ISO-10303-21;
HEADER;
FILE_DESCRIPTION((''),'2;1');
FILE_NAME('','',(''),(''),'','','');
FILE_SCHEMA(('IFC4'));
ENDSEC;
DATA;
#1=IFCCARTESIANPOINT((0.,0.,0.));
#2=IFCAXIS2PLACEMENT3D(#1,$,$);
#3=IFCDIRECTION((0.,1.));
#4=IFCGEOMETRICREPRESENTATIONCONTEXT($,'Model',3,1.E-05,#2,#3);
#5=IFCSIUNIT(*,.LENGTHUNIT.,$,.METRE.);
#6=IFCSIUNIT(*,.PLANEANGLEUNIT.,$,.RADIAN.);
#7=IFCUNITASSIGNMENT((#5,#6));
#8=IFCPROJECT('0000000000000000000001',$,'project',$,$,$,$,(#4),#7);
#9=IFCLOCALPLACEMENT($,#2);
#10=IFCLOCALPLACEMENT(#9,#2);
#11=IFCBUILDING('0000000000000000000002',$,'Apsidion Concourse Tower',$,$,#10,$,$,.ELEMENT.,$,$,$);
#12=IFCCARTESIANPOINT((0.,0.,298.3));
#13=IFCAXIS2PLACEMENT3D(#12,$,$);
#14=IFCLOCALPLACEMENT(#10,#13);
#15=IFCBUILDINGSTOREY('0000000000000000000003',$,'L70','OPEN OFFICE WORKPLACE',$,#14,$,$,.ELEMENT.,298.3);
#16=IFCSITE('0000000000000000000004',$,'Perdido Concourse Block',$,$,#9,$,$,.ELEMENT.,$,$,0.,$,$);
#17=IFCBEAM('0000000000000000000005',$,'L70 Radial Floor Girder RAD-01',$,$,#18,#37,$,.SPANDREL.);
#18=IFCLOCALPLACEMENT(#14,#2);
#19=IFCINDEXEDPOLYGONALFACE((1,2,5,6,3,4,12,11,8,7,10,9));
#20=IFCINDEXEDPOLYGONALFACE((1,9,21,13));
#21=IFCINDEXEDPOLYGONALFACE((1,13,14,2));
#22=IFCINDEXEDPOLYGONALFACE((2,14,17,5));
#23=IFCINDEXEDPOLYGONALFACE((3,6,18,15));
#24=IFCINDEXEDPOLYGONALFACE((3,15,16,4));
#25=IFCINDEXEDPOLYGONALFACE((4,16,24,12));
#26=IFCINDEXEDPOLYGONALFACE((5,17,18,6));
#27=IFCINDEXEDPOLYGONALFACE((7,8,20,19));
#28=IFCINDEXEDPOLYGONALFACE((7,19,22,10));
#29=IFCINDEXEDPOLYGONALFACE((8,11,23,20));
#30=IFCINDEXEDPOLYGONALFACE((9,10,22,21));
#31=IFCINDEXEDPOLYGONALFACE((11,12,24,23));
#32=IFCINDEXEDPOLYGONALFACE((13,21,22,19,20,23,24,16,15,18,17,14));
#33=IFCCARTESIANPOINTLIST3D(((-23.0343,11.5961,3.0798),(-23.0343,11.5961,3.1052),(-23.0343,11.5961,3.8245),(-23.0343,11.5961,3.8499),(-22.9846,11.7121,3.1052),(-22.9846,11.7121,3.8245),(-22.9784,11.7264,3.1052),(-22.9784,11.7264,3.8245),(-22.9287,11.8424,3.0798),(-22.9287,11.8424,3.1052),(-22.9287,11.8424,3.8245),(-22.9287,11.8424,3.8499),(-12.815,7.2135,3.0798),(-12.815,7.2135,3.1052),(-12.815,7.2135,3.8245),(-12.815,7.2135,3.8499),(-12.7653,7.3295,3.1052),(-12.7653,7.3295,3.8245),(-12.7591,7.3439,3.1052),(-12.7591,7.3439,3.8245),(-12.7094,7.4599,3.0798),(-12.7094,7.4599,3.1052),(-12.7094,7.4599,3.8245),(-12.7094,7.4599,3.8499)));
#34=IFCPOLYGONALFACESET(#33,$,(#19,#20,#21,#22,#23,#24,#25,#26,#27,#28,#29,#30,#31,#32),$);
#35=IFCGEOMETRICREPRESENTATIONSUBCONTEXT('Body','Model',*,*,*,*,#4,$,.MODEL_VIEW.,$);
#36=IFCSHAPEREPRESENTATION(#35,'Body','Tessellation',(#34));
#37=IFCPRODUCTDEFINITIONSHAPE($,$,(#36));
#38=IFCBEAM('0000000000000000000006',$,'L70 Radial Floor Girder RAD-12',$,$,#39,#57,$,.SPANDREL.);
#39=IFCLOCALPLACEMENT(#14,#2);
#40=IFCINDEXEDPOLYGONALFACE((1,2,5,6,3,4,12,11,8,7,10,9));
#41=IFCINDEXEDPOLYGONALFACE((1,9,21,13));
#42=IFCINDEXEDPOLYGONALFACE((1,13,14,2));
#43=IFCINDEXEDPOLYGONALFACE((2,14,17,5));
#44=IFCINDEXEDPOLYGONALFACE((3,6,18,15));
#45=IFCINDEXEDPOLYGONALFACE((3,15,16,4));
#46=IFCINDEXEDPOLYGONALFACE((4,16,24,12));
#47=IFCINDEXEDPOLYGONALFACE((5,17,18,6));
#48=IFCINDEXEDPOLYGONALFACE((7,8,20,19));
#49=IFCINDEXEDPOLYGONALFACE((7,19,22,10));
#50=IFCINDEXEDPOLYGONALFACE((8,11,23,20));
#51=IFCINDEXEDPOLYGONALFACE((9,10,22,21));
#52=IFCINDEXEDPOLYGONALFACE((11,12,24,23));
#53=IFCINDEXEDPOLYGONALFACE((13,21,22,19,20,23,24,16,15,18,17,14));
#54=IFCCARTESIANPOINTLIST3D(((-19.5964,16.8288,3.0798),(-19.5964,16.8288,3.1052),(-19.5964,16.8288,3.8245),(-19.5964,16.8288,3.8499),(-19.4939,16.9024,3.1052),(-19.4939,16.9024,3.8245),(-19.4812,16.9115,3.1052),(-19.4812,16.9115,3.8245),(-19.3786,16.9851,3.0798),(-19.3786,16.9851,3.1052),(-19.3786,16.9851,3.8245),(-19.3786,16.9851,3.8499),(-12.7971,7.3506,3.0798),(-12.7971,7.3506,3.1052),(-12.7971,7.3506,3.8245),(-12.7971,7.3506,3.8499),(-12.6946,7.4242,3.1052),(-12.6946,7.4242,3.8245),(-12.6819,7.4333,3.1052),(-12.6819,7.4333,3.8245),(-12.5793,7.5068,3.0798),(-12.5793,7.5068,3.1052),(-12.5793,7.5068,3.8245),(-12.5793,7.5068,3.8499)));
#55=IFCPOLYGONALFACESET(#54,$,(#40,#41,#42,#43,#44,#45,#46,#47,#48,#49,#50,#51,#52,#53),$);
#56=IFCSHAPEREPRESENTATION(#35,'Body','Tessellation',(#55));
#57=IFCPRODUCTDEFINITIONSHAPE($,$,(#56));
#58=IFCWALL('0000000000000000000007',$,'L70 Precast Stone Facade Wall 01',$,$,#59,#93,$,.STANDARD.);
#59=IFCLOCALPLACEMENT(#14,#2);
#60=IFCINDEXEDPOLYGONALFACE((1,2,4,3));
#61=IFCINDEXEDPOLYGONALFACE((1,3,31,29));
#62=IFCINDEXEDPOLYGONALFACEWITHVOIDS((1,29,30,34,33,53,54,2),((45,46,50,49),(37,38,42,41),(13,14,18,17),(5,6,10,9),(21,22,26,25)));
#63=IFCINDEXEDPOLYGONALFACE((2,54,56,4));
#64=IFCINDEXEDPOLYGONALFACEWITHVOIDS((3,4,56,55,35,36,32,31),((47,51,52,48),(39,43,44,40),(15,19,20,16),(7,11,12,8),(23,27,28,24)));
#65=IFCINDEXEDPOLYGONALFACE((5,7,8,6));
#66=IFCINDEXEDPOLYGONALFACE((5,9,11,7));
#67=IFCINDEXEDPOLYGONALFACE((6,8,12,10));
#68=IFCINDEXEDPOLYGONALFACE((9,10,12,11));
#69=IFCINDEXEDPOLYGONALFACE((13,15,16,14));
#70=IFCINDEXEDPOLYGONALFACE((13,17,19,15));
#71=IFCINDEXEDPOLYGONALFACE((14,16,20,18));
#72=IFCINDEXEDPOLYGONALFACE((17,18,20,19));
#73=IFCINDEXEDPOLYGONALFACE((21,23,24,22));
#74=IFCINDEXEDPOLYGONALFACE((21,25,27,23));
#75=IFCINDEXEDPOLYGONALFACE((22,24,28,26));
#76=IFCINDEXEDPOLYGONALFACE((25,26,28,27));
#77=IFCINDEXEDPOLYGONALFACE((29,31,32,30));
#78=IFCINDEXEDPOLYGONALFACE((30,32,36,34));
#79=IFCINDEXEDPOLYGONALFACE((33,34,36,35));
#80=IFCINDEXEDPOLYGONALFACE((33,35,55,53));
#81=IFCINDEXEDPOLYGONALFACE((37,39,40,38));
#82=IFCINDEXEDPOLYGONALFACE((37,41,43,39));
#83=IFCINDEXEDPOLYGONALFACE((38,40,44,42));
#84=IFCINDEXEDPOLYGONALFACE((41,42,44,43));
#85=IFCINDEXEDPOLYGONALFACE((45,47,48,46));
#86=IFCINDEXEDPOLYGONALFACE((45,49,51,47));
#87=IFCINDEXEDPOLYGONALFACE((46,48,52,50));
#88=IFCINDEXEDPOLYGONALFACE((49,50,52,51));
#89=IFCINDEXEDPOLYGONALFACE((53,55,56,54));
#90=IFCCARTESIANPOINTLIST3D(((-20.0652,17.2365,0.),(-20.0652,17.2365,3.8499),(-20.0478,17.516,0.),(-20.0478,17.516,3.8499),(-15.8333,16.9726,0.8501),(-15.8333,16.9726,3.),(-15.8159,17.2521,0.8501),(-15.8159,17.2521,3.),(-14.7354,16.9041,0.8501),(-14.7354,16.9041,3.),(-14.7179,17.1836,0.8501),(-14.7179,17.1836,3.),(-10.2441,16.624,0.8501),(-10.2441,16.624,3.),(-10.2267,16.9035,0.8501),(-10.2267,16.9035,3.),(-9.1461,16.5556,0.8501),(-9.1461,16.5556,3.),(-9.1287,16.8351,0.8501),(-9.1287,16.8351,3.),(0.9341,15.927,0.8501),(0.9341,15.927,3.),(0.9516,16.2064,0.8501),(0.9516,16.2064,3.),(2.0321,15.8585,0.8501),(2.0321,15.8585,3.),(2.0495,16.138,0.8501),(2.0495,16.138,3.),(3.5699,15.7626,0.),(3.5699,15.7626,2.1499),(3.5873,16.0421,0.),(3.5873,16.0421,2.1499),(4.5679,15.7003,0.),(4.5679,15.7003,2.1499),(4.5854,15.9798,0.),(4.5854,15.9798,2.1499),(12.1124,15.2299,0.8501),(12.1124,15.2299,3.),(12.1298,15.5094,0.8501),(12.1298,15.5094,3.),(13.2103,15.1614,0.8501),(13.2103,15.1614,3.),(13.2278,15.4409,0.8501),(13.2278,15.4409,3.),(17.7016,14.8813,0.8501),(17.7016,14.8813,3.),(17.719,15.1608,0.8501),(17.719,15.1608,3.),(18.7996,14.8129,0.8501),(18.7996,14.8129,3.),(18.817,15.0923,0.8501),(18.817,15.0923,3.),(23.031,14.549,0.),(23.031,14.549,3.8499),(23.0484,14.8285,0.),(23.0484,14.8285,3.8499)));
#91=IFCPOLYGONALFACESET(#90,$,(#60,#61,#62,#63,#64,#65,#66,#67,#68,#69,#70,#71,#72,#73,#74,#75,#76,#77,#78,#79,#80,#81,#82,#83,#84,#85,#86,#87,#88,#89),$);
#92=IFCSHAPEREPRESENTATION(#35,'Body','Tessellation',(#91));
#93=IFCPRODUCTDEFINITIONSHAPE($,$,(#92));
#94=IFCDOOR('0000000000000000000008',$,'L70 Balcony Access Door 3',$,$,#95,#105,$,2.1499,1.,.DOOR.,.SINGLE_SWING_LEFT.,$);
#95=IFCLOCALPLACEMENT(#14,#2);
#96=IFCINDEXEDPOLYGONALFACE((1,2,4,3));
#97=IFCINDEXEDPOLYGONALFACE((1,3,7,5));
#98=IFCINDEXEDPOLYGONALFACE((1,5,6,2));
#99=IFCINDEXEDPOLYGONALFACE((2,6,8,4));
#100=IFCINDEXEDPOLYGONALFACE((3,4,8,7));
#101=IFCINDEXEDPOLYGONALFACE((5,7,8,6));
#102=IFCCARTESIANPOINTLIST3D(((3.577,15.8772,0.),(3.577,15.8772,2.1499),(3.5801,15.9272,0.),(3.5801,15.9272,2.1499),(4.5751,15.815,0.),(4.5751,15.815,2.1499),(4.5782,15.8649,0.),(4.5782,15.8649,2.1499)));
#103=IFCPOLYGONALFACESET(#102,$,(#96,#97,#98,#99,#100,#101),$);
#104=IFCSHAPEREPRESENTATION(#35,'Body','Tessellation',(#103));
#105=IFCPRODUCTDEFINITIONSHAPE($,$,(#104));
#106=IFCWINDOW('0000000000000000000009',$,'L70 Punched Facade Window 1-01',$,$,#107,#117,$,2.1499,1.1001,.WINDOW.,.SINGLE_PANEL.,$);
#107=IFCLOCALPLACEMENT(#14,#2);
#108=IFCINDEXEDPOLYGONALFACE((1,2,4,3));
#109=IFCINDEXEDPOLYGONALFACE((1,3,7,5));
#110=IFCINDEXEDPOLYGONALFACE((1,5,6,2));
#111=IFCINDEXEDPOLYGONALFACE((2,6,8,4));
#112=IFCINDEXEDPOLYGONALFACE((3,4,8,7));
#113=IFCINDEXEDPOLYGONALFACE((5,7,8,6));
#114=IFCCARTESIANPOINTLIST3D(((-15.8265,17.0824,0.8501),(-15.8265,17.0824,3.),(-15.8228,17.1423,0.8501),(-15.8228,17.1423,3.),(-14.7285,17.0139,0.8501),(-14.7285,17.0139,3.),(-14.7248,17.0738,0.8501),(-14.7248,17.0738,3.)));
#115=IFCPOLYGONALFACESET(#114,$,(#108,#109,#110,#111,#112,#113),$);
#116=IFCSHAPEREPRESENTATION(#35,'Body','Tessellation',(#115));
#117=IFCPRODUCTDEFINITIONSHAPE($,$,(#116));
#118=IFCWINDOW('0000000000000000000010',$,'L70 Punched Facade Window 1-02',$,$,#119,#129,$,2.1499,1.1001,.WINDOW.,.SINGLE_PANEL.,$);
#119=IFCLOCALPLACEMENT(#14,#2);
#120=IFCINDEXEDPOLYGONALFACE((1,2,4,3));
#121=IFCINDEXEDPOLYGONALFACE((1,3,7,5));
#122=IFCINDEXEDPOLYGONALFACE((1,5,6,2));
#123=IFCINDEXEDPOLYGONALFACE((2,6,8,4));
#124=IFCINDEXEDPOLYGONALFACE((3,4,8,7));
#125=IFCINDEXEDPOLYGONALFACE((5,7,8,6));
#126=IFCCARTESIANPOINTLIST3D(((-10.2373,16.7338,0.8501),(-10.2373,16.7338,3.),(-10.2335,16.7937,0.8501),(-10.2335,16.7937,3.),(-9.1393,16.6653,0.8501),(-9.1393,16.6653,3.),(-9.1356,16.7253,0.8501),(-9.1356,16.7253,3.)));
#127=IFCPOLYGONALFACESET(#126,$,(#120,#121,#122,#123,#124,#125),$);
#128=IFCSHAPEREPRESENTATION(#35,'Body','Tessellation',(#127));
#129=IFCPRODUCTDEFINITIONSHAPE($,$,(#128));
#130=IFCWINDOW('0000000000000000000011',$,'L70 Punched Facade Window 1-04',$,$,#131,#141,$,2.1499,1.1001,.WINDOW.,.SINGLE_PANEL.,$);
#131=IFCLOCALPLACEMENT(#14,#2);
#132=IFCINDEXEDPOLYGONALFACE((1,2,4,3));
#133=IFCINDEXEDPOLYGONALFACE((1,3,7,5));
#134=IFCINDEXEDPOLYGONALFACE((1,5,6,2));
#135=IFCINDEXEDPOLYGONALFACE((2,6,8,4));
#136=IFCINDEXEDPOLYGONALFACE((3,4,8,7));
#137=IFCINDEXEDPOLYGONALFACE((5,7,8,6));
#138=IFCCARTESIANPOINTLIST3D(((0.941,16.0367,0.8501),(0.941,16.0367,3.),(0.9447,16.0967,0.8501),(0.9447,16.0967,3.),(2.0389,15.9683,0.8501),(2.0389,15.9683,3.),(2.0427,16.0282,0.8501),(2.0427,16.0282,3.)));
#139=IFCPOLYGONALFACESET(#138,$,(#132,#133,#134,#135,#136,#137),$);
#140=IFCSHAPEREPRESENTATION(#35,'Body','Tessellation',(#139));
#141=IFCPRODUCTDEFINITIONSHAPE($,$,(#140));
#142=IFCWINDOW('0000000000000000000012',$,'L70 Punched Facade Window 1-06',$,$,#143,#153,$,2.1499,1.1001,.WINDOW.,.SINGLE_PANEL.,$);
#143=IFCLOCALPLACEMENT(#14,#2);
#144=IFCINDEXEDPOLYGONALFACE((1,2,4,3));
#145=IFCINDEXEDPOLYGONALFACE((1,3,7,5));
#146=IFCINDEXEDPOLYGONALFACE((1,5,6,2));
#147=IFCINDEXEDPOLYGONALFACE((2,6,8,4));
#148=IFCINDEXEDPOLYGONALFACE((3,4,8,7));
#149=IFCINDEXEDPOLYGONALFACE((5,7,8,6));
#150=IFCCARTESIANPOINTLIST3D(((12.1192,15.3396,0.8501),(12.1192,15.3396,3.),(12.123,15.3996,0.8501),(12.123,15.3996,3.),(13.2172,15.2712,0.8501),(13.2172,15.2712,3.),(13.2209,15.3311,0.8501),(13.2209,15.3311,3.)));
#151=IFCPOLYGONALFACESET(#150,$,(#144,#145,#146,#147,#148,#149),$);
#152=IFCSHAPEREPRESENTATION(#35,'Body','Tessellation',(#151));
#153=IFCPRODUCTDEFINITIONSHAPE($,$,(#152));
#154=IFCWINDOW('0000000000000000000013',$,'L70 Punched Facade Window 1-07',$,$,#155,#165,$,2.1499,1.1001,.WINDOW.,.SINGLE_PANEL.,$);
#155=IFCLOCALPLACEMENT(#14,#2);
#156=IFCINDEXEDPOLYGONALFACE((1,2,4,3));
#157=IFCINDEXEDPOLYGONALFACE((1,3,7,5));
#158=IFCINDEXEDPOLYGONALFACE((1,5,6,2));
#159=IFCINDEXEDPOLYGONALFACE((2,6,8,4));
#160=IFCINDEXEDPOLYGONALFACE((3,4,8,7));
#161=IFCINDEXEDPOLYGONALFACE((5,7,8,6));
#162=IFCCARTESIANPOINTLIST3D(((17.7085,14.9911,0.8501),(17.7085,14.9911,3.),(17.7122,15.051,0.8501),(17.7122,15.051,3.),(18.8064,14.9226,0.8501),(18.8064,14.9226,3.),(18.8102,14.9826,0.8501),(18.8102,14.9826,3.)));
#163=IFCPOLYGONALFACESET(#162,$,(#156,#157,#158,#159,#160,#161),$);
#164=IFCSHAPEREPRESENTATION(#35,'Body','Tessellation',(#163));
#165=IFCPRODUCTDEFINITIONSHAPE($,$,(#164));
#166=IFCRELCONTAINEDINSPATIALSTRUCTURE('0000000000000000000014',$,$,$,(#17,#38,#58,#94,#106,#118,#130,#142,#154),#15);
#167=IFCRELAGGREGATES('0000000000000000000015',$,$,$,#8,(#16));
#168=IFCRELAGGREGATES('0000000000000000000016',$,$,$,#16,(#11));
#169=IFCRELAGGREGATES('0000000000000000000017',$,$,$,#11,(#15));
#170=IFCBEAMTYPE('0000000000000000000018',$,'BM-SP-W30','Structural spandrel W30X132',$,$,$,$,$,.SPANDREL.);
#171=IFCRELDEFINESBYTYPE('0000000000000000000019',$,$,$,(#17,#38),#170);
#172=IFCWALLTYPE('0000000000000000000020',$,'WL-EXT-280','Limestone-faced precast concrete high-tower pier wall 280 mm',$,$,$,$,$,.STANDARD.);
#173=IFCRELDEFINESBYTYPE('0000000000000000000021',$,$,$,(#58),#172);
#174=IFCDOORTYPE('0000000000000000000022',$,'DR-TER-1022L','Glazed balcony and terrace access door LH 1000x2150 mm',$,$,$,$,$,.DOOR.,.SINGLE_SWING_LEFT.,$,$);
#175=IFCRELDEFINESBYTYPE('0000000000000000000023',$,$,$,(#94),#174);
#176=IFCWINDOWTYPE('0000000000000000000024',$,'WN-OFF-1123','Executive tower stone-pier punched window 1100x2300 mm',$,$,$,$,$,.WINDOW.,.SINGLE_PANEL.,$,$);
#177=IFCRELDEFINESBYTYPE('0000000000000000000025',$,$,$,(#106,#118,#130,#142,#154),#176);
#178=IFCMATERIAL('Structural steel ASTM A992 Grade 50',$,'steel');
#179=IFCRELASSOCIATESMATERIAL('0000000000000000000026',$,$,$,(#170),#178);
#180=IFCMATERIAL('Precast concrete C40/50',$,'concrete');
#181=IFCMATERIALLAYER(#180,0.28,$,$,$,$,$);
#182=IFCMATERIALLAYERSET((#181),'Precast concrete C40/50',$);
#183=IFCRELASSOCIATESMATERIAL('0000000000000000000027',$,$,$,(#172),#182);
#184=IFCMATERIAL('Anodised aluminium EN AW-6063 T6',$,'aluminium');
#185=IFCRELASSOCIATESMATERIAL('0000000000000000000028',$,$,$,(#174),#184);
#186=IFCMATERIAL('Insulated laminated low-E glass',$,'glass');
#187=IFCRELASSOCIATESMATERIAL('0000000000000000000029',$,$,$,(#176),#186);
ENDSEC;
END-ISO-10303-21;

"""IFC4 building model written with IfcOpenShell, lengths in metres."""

from ifc_helpers import new_model, si_unit, direction, frame, frame_2d, origin, origin_2d, place, context, subcontext, project, spatial, rectangle, i_section, extrude, material, layer, layer_set, material_profile, profile_set, type_object, element, fill, save


model = new_model("IFC4")

# Units and contexts
model_context = context("Model", 3, precision=1e-05, world=origin(), true_north=direction((0.0, 1.0)))
body_context = subcontext(model_context, "Body", "Model", "MODEL_VIEW")
ifc_project = project(units=[si_unit("LENGTHUNIT", "METRE"), si_unit("PLANEANGLEUNIT", "RADIAN")], contexts=[model_context])

# Site, building, storey
site_placement = place(None, origin())
site = spatial("IfcSite", under=ifc_project, at=site_placement, Name="Perdido Concourse Block", CompositionType="ELEMENT", RefElevation=0.0)
building_placement = place(site_placement, origin())
building = spatial("IfcBuilding", under=site, at=building_placement, Name="Apsidion Concourse Tower", CompositionType="ELEMENT")
storey_placement = place(building_placement, frame((0.0, 0.0, 298.3)))
storey = spatial("IfcBuildingStorey", under=building, at=storey_placement, Name="L70", Description="OPEN OFFICE WORKPLACE", CompositionType="ELEMENT", Elevation=298.3)

# Shared definitions
ifc_material_1 = material(Name="Structural steel ASTM A992 Grade 50", Category="steel")

# Beams
ifc_material_profile_1 = material_profile(ifc_material_1, i_section(OverallWidth=0.2681, OverallDepth=0.77, WebThickness=0.0156, FlangeThickness=0.0254, at=origin_2d()), Name="W30X132")
ifc_profile_set_1 = profile_set([ifc_material_profile_1], Name="Structural steel ASTM A992 Grade 50")
beam_type_1 = type_object("IfcBeamType", Name="BM-SP-W30", Description="Structural spandrel W30X132", PredefinedType="SPANDREL", material=ifc_profile_set_1)
beam_1_placement = place(storey_placement, frame((-12.7622, 7.3367, 3.4648), z_axis=(-0.919051, 0.394139, 0.0), x_axis=(-0.394139, -0.919051, 0.0)))
element("IfcBeam", 1, at=beam_1_placement, inside=storey, type_object=beam_type_1, Name="L70 Radial Floor Girder RAD-01", PredefinedType="SPANDREL", context=body_context, shape_type="SweptSolid", body=[
    extrude(i_section(OverallWidth=0.2681, OverallDepth=0.77, WebThickness=0.0156, FlangeThickness=0.0254, at=origin_2d()), origin(), (0.0, 0.0, 1.0), 11.1194),
])
beam_2_placement = place(storey_placement, frame((-12.6882, 7.4287, 3.4648), z_axis=(-0.58289, 0.812551, 0.0), x_axis=(-0.812551, -0.58289, 0.0)))
element("IfcBeam", 2, at=beam_2_placement, inside=storey, type_object=beam_type_1, Name="L70 Radial Floor Girder RAD-12", PredefinedType="SPANDREL", context=body_context, shape_type="SweptSolid", body=[
    extrude(i_section(OverallWidth=0.2681, OverallDepth=0.77, WebThickness=0.0156, FlangeThickness=0.0254, at=origin_2d()), origin(), (0.0, 0.0, 1.0), 11.6648),
])

# Wall, openings, door, windows
ifc_material_2 = material(Name="Precast concrete C40/50", Category="concrete")
ifc_layer_1 = layer(ifc_material_2, 0.28)
ifc_layer_set_1 = layer_set([ifc_layer_1], Name="Precast concrete C40/50")
wall_type_1 = type_object("IfcWallType", Name="WL-EXT-280", Description="Limestone-faced precast concrete high-tower pier wall 280 mm", PredefinedType="STANDARD", material=ifc_layer_set_1)
wall_1_placement = place(storey_placement, frame((-20.0564, 17.3762, 0.0), z_axis=(0.0, 0.0, 1.0), x_axis=(0.998061, -0.06224, 0.0)))
wall_1 = element("IfcWall", 3, at=wall_1_placement, inside=storey, type_object=wall_type_1, Name="L70 Precast Stone Facade Wall 01", PredefinedType="STANDARD", context=body_context, shape_type="SweptSolid", body=[
    extrude(rectangle(XDim=43.1799, YDim=0.28, at=frame_2d((21.5898, 0.0))), origin(), (0.0, 0.0, 1.0), 3.8499),
])
opening_1_placement = place(wall_1_placement, frame((23.6809, 0.0, 0.0)))
opening_1 = element("IfcOpeningElement", 4, at=opening_1_placement, cuts=wall_1, PredefinedType="OPENING", context=body_context, shape_type="SweptSolid", body=[
    extrude(rectangle(XDim=1.0, YDim=2.1499, at=frame_2d((0.5, 1.075))), frame((0.0, 0.1499, 0.0), z_axis=(0.0, -1.0, 0.0), x_axis=(1.0, 0.0, 0.0)), (0.0, 0.0, 1.0), 0.3),
])
opening_2_placement = place(wall_1_placement, frame((4.24, 0.0, 0.8501)))
opening_2 = element("IfcOpeningElement", 5, at=opening_2_placement, cuts=wall_1, PredefinedType="OPENING", context=body_context, shape_type="SweptSolid", body=[
    extrude(rectangle(XDim=1.1001, YDim=2.1499, at=frame_2d((0.55, 1.075))), frame((0.0, 0.1499, 0.0), z_axis=(0.0, -1.0, 0.0), x_axis=(1.0, 0.0, 0.0)), (0.0, 0.0, 1.0), 0.3),
])
opening_3_placement = place(wall_1_placement, frame((9.8401, 0.0, 0.8501)))
opening_3 = element("IfcOpeningElement", 6, at=opening_3_placement, cuts=wall_1, PredefinedType="OPENING", context=body_context, shape_type="SweptSolid", body=[
    extrude(rectangle(XDim=1.1001, YDim=2.1499, at=frame_2d((0.55, 1.075))), frame((0.0, 0.1499, 0.0), z_axis=(0.0, -1.0, 0.0), x_axis=(1.0, 0.0, 0.0)), (0.0, 0.0, 1.0), 0.3),
])
opening_4_placement = place(wall_1_placement, frame((21.04, 0.0, 0.8501)))
opening_4 = element("IfcOpeningElement", 7, at=opening_4_placement, cuts=wall_1, PredefinedType="OPENING", context=body_context, shape_type="SweptSolid", body=[
    extrude(rectangle(XDim=1.1001, YDim=2.1499, at=frame_2d((0.55, 1.075))), frame((0.0, 0.1499, 0.0), z_axis=(0.0, -1.0, 0.0), x_axis=(1.0, 0.0, 0.0)), (0.0, 0.0, 1.0), 0.3),
])
opening_5_placement = place(wall_1_placement, frame((32.24, 0.0, 0.8501)))
opening_5 = element("IfcOpeningElement", 8, at=opening_5_placement, cuts=wall_1, PredefinedType="OPENING", context=body_context, shape_type="SweptSolid", body=[
    extrude(rectangle(XDim=1.1001, YDim=2.1499, at=frame_2d((0.55, 1.075))), frame((0.0, 0.1499, 0.0), z_axis=(0.0, -1.0, 0.0), x_axis=(1.0, 0.0, 0.0)), (0.0, 0.0, 1.0), 0.3),
])
opening_6_placement = place(wall_1_placement, frame((37.8401, 0.0, 0.8501)))
opening_6 = element("IfcOpeningElement", 9, at=opening_6_placement, cuts=wall_1, PredefinedType="OPENING", context=body_context, shape_type="SweptSolid", body=[
    extrude(rectangle(XDim=1.1001, YDim=2.1499, at=frame_2d((0.55, 1.075))), frame((0.0, 0.1499, 0.0), z_axis=(0.0, -1.0, 0.0), x_axis=(1.0, 0.0, 0.0)), (0.0, 0.0, 1.0), 0.3),
])
ifc_material_3 = material(Name="Anodised aluminium EN AW-6063 T6", Category="aluminium")
door_type_1 = type_object("IfcDoorType", Name="DR-TER-1022L", Description="Glazed balcony and terrace access door LH 1000x2150 mm", OperationType="SINGLE_SWING_LEFT", PredefinedType="DOOR", material=ifc_material_3)
door_1_placement = place(opening_1_placement, origin())
door_1 = element("IfcDoor", 10, at=door_1_placement, inside=storey, type_object=door_type_1, Name="L70 Balcony Access Door 3", OperationType="SINGLE_SWING_LEFT", OverallHeight=2.1499, OverallWidth=1.0, PredefinedType="DOOR", context=body_context, shape_type="SweptSolid", body=[
    extrude(rectangle(XDim=1.0, YDim=2.1499, at=frame_2d((0.5, 1.075))), frame((0.0, 0.0249, 0.0), z_axis=(0.0, -1.0, 0.0), x_axis=(1.0, 0.0, 0.0)), (0.0, 0.0, 1.0), 0.05),
])
fill(opening_1, door_1)
ifc_material_4 = material(Name="Insulated laminated low-E glass", Category="glass")
window_type = type_object("IfcWindowType", Name="WN-OFF-1123", Description="Executive tower stone-pier punched window 1100x2300 mm", PartitioningType="SINGLE_PANEL", PredefinedType="WINDOW", material=ifc_material_4)
window_1_placement = place(opening_2_placement, origin())
window_1 = element("IfcWindow", 11, at=window_1_placement, inside=storey, type_object=window_type, Name="L70 Punched Facade Window 1-01", OverallHeight=2.1499, OverallWidth=1.1001, PartitioningType="SINGLE_PANEL", PredefinedType="WINDOW", context=body_context, shape_type="SweptSolid", body=[
    extrude(rectangle(XDim=1.1001, YDim=2.1499, at=frame_2d((0.55, 1.075))), frame((0.0, 0.03, 0.0), z_axis=(0.0, -1.0, 0.0), x_axis=(1.0, 0.0, 0.0)), (0.0, 0.0, 1.0), 0.0601),
])
fill(opening_2, window_1)
window_2_placement = place(opening_3_placement, origin())
window_2 = element("IfcWindow", 12, at=window_2_placement, inside=storey, type_object=window_type, Name="L70 Punched Facade Window 1-02", OverallHeight=2.1499, OverallWidth=1.1001, PartitioningType="SINGLE_PANEL", PredefinedType="WINDOW", context=body_context, shape_type="SweptSolid", body=[
    extrude(rectangle(XDim=1.1001, YDim=2.1499, at=frame_2d((0.55, 1.075))), frame((0.0, 0.03, 0.0), z_axis=(0.0, -1.0, 0.0), x_axis=(1.0, 0.0, 0.0)), (0.0, 0.0, 1.0), 0.0601),
])
fill(opening_3, window_2)
window_3_placement = place(opening_4_placement, origin())
window_3 = element("IfcWindow", 13, at=window_3_placement, inside=storey, type_object=window_type, Name="L70 Punched Facade Window 1-04", OverallHeight=2.1499, OverallWidth=1.1001, PartitioningType="SINGLE_PANEL", PredefinedType="WINDOW", context=body_context, shape_type="SweptSolid", body=[
    extrude(rectangle(XDim=1.1001, YDim=2.1499, at=frame_2d((0.55, 1.075))), frame((0.0, 0.03, 0.0), z_axis=(0.0, -1.0, 0.0), x_axis=(1.0, 0.0, 0.0)), (0.0, 0.0, 1.0), 0.0601),
])
fill(opening_4, window_3)
window_4_placement = place(opening_5_placement, origin())
window_4 = element("IfcWindow", 14, at=window_4_placement, inside=storey, type_object=window_type, Name="L70 Punched Facade Window 1-06", OverallHeight=2.1499, OverallWidth=1.1001, PartitioningType="SINGLE_PANEL", PredefinedType="WINDOW", context=body_context, shape_type="SweptSolid", body=[
    extrude(rectangle(XDim=1.1001, YDim=2.1499, at=frame_2d((0.55, 1.075))), frame((0.0, 0.03, 0.0), z_axis=(0.0, -1.0, 0.0), x_axis=(1.0, 0.0, 0.0)), (0.0, 0.0, 1.0), 0.0601),
])
fill(opening_5, window_4)
window_5_placement = place(opening_6_placement, origin())
window_5 = element("IfcWindow", 15, at=window_5_placement, inside=storey, type_object=window_type, Name="L70 Punched Facade Window 1-07", OverallHeight=2.1499, OverallWidth=1.1001, PartitioningType="SINGLE_PANEL", PredefinedType="WINDOW", context=body_context, shape_type="SweptSolid", body=[
    extrude(rectangle(XDim=1.1001, YDim=2.1499, at=frame_2d((0.55, 1.075))), frame((0.0, 0.03, 0.0), z_axis=(0.0, -1.0, 0.0), x_axis=(1.0, 0.0, 0.0)), (0.0, 0.0, 1.0), 0.0601),
])
fill(opening_6, window_5)

save(model, "model.ifc")
